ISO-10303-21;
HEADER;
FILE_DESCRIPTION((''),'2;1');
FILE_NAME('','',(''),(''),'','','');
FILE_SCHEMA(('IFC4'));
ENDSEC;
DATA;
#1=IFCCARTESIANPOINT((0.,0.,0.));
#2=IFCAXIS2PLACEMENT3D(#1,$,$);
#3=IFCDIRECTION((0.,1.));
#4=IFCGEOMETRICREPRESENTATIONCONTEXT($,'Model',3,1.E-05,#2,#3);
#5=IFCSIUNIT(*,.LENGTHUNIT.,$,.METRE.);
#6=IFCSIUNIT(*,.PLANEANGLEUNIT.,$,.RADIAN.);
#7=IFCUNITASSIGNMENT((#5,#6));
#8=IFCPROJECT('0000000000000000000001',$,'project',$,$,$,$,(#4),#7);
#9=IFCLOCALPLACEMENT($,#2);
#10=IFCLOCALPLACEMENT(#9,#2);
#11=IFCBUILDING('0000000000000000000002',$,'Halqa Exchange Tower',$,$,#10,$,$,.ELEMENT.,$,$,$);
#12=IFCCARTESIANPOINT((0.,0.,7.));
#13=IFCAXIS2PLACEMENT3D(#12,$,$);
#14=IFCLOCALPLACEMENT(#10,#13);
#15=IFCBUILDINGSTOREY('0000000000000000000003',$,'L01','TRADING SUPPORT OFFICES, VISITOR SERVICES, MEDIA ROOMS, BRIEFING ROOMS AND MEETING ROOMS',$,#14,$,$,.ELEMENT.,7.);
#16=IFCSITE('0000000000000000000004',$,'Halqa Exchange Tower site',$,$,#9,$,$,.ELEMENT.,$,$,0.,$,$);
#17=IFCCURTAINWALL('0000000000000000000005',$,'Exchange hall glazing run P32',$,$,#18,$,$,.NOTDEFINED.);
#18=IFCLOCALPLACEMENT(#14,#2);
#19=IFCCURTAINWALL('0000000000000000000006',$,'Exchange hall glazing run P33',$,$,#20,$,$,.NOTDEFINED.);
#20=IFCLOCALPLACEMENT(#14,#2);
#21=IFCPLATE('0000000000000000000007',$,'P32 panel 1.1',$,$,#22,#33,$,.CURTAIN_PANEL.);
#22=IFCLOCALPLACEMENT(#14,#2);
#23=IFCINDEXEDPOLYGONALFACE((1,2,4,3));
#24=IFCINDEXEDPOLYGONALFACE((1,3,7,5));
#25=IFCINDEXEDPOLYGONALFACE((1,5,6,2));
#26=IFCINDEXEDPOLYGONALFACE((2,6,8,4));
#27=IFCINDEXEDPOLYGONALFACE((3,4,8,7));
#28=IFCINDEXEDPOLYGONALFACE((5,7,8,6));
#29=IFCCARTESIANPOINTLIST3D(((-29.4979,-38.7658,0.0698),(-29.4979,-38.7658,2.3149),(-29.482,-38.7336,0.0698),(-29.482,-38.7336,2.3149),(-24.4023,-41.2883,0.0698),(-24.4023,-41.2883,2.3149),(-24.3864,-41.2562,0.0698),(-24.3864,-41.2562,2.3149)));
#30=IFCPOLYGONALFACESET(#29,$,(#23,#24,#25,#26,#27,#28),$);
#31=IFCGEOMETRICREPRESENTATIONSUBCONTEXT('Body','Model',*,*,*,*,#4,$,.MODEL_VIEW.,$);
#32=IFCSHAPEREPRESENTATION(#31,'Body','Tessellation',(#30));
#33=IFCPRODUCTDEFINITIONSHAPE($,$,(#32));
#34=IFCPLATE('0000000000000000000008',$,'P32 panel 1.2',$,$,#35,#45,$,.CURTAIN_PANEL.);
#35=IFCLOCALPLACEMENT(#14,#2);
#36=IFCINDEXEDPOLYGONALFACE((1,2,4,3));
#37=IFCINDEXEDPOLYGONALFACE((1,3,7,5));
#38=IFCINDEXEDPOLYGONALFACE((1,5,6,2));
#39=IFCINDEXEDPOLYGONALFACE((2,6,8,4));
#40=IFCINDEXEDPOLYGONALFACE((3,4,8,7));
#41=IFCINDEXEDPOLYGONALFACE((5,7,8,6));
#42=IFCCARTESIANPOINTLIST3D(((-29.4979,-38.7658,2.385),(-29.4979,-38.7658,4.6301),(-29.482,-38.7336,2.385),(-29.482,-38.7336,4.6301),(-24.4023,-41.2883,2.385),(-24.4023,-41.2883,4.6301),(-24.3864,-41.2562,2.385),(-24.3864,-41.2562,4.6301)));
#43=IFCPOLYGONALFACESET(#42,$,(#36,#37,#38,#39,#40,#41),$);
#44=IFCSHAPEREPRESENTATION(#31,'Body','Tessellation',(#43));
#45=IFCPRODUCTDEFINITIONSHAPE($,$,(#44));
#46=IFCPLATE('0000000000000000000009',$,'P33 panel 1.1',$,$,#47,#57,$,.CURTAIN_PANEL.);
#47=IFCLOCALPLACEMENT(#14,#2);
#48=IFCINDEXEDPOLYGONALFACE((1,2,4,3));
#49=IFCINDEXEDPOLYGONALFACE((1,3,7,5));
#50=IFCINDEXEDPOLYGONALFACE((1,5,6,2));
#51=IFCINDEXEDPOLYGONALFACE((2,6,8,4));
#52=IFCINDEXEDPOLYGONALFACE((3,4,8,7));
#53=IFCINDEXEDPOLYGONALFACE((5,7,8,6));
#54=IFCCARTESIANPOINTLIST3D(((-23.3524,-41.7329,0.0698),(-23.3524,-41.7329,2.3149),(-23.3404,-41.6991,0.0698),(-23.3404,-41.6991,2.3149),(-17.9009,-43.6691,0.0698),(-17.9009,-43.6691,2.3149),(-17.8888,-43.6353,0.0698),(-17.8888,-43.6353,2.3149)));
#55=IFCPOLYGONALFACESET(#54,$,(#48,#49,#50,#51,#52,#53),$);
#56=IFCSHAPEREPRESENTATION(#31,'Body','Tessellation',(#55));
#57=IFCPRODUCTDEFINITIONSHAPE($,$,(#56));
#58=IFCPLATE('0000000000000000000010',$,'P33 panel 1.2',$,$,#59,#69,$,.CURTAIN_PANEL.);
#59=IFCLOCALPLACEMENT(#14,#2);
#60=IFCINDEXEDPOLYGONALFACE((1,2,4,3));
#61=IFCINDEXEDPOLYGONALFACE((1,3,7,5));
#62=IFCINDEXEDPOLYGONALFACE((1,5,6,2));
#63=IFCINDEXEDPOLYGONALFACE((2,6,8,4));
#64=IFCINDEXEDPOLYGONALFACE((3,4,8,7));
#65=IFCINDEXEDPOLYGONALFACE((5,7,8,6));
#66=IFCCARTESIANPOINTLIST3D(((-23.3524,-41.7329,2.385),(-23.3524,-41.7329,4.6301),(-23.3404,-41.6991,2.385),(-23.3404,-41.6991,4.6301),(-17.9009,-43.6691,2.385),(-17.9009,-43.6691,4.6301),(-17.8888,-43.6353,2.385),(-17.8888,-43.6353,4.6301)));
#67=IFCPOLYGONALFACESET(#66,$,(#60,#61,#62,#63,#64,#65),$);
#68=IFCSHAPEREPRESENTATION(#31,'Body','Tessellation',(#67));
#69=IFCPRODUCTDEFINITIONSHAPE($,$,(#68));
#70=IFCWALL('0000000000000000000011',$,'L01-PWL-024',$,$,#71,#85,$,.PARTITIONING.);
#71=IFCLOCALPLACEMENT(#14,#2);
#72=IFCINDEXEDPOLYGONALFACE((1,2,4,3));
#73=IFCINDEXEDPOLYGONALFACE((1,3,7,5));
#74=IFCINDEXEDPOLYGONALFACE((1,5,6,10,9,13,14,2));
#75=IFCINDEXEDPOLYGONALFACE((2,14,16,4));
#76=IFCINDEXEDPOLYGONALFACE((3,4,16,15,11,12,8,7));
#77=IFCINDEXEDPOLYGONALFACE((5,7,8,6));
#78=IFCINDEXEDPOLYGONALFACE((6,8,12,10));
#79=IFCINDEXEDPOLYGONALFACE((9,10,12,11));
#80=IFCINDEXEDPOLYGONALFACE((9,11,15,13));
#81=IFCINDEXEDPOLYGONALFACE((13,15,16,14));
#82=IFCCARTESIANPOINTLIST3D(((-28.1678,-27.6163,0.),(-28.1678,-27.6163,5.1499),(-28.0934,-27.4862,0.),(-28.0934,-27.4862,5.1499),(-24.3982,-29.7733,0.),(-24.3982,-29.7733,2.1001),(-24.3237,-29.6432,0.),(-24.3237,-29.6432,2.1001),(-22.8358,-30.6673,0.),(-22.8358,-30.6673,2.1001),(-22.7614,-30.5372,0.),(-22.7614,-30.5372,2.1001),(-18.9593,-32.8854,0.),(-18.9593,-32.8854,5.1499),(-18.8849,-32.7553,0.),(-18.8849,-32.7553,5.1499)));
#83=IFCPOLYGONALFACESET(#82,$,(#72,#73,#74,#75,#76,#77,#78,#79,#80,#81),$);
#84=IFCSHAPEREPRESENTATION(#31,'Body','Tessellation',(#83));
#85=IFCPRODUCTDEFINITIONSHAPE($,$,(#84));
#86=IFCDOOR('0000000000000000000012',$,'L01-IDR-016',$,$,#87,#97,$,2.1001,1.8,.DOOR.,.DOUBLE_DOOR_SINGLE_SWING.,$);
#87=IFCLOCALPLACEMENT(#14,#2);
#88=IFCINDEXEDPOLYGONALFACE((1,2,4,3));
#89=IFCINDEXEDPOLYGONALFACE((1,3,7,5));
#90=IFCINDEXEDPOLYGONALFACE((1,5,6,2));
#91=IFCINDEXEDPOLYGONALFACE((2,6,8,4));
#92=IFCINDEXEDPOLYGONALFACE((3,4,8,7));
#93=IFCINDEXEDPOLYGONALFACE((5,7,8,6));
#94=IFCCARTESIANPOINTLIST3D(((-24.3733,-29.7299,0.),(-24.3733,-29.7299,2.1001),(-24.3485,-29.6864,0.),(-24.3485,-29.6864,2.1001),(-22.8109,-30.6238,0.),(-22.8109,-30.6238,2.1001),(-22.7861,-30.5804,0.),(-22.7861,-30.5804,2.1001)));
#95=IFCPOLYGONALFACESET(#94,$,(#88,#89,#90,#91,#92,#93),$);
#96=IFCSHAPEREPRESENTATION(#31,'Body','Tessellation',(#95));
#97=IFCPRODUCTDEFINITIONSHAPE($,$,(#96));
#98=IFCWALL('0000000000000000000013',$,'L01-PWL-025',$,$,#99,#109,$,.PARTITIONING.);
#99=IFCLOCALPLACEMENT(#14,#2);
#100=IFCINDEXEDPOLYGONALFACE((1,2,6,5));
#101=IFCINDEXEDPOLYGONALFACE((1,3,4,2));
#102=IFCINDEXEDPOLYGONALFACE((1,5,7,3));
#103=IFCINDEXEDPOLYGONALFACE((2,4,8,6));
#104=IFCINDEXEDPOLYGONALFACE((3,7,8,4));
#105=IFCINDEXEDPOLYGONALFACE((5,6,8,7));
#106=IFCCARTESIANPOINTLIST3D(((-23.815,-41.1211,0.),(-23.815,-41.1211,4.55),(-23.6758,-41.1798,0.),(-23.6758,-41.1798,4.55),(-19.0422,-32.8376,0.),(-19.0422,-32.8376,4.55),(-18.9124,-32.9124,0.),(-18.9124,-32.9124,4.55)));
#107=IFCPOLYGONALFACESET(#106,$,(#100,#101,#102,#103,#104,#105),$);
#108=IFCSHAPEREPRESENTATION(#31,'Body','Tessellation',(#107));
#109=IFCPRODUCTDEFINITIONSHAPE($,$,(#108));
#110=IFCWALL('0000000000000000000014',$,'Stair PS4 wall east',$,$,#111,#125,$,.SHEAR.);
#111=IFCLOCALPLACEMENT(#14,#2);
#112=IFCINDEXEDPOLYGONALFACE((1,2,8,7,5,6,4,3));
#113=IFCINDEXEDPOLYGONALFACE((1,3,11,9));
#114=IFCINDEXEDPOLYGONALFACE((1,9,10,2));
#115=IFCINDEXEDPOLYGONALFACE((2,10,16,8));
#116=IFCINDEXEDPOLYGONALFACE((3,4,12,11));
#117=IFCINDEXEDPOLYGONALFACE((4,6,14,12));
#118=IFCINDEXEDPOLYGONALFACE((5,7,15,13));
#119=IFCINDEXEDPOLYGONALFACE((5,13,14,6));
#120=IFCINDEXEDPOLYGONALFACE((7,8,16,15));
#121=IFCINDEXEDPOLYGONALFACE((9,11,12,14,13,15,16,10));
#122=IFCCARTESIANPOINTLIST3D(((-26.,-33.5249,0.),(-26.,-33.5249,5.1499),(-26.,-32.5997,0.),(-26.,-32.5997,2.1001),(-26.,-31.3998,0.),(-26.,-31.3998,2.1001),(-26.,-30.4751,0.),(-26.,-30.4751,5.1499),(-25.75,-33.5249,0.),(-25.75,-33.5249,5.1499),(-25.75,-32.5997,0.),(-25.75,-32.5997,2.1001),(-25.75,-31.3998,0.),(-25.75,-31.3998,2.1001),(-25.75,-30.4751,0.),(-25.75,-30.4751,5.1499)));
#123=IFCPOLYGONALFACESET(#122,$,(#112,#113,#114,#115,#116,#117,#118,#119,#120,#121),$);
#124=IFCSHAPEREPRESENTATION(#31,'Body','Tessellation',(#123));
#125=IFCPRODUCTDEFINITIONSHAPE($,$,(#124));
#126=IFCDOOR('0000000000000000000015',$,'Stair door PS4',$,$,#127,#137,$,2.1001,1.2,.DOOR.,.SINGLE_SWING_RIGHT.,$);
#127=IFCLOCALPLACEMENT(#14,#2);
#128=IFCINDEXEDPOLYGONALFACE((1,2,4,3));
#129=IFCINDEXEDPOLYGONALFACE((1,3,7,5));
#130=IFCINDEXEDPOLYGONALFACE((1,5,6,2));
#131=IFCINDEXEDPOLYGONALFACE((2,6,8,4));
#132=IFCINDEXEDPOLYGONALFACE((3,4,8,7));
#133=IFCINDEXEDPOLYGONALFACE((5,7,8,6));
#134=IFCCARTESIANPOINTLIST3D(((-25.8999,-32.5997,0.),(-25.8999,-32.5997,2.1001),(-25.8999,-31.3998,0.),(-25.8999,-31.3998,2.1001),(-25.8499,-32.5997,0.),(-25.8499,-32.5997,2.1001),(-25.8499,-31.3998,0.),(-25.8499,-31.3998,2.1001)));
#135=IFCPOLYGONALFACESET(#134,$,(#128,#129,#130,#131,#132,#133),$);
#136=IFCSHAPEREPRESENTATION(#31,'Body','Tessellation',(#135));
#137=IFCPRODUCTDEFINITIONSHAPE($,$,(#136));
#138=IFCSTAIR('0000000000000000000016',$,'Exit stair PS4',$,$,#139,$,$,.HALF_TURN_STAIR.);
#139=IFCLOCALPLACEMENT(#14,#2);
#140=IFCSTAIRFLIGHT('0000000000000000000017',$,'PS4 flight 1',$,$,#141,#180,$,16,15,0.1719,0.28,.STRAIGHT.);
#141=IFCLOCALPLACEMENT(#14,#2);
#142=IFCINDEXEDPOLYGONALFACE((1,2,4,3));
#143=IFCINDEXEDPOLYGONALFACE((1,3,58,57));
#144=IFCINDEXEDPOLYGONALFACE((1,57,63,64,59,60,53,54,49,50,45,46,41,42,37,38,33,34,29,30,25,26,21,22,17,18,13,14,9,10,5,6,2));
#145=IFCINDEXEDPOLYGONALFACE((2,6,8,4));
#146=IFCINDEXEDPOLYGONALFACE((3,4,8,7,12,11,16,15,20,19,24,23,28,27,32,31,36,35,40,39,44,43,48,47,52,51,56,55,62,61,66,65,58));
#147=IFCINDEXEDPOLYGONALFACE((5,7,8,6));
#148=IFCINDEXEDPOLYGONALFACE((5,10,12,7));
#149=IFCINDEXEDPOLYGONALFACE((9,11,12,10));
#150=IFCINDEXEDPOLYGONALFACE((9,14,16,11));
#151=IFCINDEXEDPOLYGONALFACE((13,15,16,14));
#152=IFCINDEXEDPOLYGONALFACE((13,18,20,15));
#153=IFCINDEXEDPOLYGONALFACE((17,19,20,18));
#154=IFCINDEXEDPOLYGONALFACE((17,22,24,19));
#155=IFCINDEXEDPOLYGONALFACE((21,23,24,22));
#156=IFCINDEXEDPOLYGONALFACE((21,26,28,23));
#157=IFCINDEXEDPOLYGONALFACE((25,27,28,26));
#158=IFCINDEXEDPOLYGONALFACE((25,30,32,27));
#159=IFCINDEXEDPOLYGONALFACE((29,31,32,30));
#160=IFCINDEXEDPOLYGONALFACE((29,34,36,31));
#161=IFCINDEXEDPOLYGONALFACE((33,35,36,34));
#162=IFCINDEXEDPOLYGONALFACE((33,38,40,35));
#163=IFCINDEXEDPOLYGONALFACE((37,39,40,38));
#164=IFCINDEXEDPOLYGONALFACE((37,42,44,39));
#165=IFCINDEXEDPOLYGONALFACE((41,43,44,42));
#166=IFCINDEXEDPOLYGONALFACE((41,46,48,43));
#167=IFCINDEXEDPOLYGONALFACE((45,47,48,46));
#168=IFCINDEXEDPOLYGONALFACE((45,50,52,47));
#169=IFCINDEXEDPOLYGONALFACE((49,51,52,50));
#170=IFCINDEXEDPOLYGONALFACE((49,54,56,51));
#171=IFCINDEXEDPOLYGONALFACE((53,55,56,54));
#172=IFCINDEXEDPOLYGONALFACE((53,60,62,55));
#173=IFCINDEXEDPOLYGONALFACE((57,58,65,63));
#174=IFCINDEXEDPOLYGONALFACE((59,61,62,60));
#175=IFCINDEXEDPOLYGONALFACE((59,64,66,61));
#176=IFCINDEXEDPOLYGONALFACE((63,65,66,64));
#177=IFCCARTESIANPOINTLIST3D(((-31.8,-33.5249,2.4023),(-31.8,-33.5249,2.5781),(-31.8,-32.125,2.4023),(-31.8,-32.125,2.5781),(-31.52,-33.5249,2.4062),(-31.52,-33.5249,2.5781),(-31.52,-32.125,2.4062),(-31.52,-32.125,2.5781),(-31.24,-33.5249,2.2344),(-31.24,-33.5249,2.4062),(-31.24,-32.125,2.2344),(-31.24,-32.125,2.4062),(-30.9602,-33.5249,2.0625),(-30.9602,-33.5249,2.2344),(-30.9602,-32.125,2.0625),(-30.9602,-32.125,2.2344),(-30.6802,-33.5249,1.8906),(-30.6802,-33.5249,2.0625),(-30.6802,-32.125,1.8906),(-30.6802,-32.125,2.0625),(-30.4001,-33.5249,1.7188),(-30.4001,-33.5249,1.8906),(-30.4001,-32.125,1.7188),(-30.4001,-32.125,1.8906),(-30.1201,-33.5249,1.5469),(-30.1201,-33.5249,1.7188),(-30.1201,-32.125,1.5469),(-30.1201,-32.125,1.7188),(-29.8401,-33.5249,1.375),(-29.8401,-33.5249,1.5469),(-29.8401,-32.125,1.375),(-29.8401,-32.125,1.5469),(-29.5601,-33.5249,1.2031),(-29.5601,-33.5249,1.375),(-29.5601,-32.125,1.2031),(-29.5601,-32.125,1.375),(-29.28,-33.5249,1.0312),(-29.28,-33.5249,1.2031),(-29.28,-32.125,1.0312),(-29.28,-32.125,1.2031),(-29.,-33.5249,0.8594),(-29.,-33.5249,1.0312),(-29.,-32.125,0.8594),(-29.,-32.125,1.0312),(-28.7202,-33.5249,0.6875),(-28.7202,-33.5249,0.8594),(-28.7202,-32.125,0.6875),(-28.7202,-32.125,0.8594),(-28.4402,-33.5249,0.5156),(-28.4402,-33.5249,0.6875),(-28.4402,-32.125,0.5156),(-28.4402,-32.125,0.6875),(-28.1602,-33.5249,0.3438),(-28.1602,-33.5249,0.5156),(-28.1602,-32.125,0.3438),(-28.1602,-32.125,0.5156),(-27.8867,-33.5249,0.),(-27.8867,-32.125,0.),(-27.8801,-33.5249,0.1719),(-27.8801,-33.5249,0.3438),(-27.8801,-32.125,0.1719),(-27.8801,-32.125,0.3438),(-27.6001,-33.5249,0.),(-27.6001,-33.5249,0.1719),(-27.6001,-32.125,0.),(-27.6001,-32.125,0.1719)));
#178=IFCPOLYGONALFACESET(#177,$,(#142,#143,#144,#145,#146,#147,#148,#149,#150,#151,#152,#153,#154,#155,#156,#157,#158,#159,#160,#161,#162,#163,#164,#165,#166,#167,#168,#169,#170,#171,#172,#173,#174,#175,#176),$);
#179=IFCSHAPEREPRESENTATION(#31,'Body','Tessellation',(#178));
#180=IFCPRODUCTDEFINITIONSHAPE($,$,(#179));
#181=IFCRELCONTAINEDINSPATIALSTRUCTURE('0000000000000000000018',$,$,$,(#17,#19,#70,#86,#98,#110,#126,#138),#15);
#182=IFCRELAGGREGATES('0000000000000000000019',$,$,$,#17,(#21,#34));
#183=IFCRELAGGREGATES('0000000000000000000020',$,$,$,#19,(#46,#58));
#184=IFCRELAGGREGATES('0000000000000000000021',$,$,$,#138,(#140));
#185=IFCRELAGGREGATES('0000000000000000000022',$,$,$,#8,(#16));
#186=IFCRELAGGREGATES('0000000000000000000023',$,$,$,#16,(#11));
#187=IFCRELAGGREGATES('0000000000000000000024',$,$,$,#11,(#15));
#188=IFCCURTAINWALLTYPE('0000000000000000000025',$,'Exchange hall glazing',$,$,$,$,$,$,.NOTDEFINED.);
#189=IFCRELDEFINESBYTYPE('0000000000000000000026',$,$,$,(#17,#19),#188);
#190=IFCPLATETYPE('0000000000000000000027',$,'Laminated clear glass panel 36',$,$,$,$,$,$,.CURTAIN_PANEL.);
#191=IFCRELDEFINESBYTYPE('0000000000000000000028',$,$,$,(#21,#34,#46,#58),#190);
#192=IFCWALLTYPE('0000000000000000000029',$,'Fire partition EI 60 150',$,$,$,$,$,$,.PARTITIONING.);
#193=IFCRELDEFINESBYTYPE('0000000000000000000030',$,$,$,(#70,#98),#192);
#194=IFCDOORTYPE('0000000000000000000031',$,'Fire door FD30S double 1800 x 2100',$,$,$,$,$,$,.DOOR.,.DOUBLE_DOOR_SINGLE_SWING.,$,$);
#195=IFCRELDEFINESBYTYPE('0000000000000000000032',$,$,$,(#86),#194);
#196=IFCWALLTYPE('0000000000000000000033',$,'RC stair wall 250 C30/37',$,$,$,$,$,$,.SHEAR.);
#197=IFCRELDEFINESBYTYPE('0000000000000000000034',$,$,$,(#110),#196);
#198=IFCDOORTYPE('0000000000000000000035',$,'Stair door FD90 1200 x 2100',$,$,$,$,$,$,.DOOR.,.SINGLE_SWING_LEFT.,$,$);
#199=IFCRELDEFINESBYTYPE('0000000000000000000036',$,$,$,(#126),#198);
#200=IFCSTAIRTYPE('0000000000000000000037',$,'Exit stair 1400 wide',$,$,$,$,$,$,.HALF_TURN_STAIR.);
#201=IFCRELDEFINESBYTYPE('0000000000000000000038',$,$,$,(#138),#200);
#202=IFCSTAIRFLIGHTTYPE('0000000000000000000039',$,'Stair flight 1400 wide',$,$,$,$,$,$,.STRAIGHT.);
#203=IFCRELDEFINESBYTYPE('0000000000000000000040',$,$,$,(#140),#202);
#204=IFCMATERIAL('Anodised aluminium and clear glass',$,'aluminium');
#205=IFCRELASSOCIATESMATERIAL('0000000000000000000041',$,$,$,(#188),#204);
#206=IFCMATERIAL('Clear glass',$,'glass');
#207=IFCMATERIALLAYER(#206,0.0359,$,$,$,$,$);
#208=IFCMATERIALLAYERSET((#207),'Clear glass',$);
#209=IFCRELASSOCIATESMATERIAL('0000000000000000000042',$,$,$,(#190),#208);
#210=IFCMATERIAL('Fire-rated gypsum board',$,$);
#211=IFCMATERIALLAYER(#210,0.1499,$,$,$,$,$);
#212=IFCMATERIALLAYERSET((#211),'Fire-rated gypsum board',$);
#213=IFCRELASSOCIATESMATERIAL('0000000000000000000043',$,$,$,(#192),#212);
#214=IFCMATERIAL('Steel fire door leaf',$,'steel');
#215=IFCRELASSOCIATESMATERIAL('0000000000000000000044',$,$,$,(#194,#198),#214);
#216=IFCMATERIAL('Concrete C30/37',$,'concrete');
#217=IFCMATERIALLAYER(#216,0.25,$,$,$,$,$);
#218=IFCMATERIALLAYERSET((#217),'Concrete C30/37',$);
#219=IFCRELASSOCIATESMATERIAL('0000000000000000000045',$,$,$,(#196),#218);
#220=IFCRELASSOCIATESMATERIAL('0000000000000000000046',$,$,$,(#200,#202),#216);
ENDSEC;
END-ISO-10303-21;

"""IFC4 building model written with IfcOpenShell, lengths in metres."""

from ifc_helpers import new_model, si_unit, direction, frame, frame_2d, origin, origin_2d, place, context, subcontext, project, spatial, polyline, rectangle, outline, extrude, material, layer, layer_set, type_object, element, fill, aggregate, save


model = new_model("IFC4")

# Units and contexts
model_context = context("Model", 3, precision=1e-05, world=origin(), true_north=direction((0.0, 1.0)))
body_context = subcontext(model_context, "Body", "Model", "MODEL_VIEW")
ifc_project = project(units=[si_unit("LENGTHUNIT", "METRE"), si_unit("PLANEANGLEUNIT", "RADIAN")], contexts=[model_context])

# Site, building, storey
site_placement = place(None, origin())
site = spatial("IfcSite", under=ifc_project, at=site_placement, Name="Halqa Exchange Tower site", CompositionType="ELEMENT", RefElevation=0.0)
building_placement = place(site_placement, origin())
building = spatial("IfcBuilding", under=site, at=building_placement, Name="Halqa Exchange Tower", CompositionType="ELEMENT")
storey_placement = place(building_placement, frame((0.0, 0.0, 7.0)))
storey = spatial("IfcBuildingStorey", under=building, at=storey_placement, Name="L01", Description="TRADING SUPPORT OFFICES, VISITOR SERVICES, MEDIA ROOMS, BRIEFING ROOMS AND MEETING ROOMS", CompositionType="ELEMENT", Elevation=7.0)

# Curtain wall
ifc_material_1 = material(Name="Anodised aluminium and clear glass", Category="aluminium")
curtain_wall_type = type_object("IfcCurtainWallType", Name="Exchange hall glazing", PredefinedType="NOTDEFINED", material=ifc_material_1)
curtain_wall_1_placement = place(storey_placement, origin())
curtain_wall_1 = element("IfcCurtainWall", 1, at=curtain_wall_1_placement, inside=storey, type_object=curtain_wall_type, Name="Exchange hall glazing run P32", PredefinedType="NOTDEFINED")

# Curtain wall
curtain_wall_2_placement = place(storey_placement, origin())
curtain_wall_2 = element("IfcCurtainWall", 2, at=curtain_wall_2_placement, inside=storey, type_object=curtain_wall_type, Name="Exchange hall glazing run P33", PredefinedType="NOTDEFINED")

# Plates
ifc_material_2 = material(Name="Clear glass", Category="glass")
ifc_layer_1 = layer(ifc_material_2, 0.0359)
ifc_layer_set_1 = layer_set([ifc_layer_1], Name="Clear glass")
plate_type = type_object("IfcPlateType", Name="Laminated clear glass panel 36", PredefinedType="CURTAIN_PANEL", material=ifc_layer_set_1)
plate_1_placement = place(storey_placement, frame((-26.9421, -40.011, 0.0698), z_axis=(0.0, 0.0, 1.0), x_axis=(0.896198, -0.443653, 0.0)))
plate_1 = element("IfcPlate", 3, at=plate_1_placement, type_object=plate_type, Name="P32 panel 1.1", PredefinedType="CURTAIN_PANEL", context=body_context, shape_type="SweptSolid", body=[
    extrude(rectangle(XDim=5.6858, YDim=0.0359, at=origin_2d()), origin(), (0.0, 0.0, 1.0), 2.2451),
])
plate_2_placement = place(storey_placement, frame((-26.9421, -40.011, 2.385), z_axis=(0.0, 0.0, 1.0), x_axis=(0.896198, -0.443653, 0.0)))
plate_2 = element("IfcPlate", 4, at=plate_2_placement, type_object=plate_type, Name="P32 panel 1.2", PredefinedType="CURTAIN_PANEL", context=body_context, shape_type="SweptSolid", body=[
    extrude(rectangle(XDim=5.6858, YDim=0.0359, at=origin_2d()), origin(), (0.0, 0.0, 1.0), 2.2451),
])
aggregate(curtain_wall_1, [plate_1, plate_2])
plate_3_placement = place(storey_placement, frame((-20.6206, -42.6841, 0.0698), z_axis=(0.0, 0.0, 1.0), x_axis=(0.942329, -0.334688, 0.0)))
plate_3 = element("IfcPlate", 5, at=plate_3_placement, type_object=plate_type, Name="P33 panel 1.1", PredefinedType="CURTAIN_PANEL", context=body_context, shape_type="SweptSolid", body=[
    extrude(rectangle(XDim=5.7852, YDim=0.0359, at=origin_2d()), origin(), (0.0, 0.0, 1.0), 2.2451),
])
plate_4_placement = place(storey_placement, frame((-20.6206, -42.6841, 2.385), z_axis=(0.0, 0.0, 1.0), x_axis=(0.942329, -0.334688, 0.0)))
plate_4 = element("IfcPlate", 6, at=plate_4_placement, type_object=plate_type, Name="P33 panel 1.2", PredefinedType="CURTAIN_PANEL", context=body_context, shape_type="SweptSolid", body=[
    extrude(rectangle(XDim=5.7852, YDim=0.0359, at=origin_2d()), origin(), (0.0, 0.0, 1.0), 2.2451),
])
aggregate(curtain_wall_2, [plate_3, plate_4])

# Wall, opening, door
ifc_material_3 = material(Name="Fire-rated gypsum board")
ifc_layer_2 = layer(ifc_material_3, 0.1499)
ifc_layer_set_2 = layer_set([ifc_layer_2], Name="Fire-rated gypsum board")
wall_type_1 = type_object("IfcWallType", Name="Fire partition EI 60 150", PredefinedType="PARTITIONING", material=ifc_layer_set_2)
wall_1_placement = place(storey_placement, frame((-18.9221, -32.8203, 0.0), z_axis=(0.0, 0.0, 1.0), x_axis=(-0.867957, 0.496639, 0.0)))
wall_1 = element("IfcWall", 7, at=wall_1_placement, inside=storey, type_object=wall_type_1, Name="L01-PWL-024", PredefinedType="PARTITIONING", context=body_context, shape_type="SweptSolid", body=[
    extrude(rectangle(XDim=10.6094, YDim=0.1499, at=frame_2d((5.3047, 0.0))), origin(), (0.0, 0.0, 1.0), 5.1499),
])
opening_1_placement = place(wall_1_placement, frame((4.4663, 0.0, 0.0)))
opening_1 = element("IfcOpeningElement", 8, at=opening_1_placement, cuts=wall_1, PredefinedType="OPENING", context=body_context, shape_type="SweptSolid", body=[
    extrude(rectangle(XDim=1.8, YDim=2.1001, at=frame_2d((0.8999, 1.05))), frame((0.0, 0.0869, 0.0), z_axis=(0.0, -1.0, 0.0), x_axis=(1.0, 0.0, 0.0)), (0.0, 0.0, 1.0), 0.1738),
])
ifc_material_4 = material(Name="Steel fire door leaf", Category="steel")
door_type_1 = type_object("IfcDoorType", Name="Fire door FD30S double 1800 x 2100", OperationType="DOUBLE_DOOR_SINGLE_SWING", PredefinedType="DOOR", material=ifc_material_4)
door_1_placement = place(opening_1_placement, origin())
door_1 = element("IfcDoor", 9, at=door_1_placement, inside=storey, type_object=door_type_1, Name="L01-IDR-016", OperationType="DOUBLE_DOOR_SINGLE_SWING", OverallHeight=2.1001, OverallWidth=1.8, PredefinedType="DOOR", context=body_context, shape_type="SweptSolid", body=[
    extrude(rectangle(XDim=1.8, YDim=2.1001, at=frame_2d((0.8999, 1.05))), frame((0.0, 0.0249, 0.0), z_axis=(0.0, -1.0, 0.0), x_axis=(1.0, 0.0, 0.0)), (0.0, 0.0, 1.0), 0.05),
])
fill(opening_1, door_1)

# Wall
wall_2_placement = place(storey_placement, frame((-18.9773, -32.875, 0.0), z_axis=(0.0, 0.0, 1.0), x_axis=(-0.499236, -0.866466, 0.0)))
element("IfcWall", 10, at=wall_2_placement, inside=storey, type_object=wall_type_1, Name="L01-PWL-025", PredefinedType="PARTITIONING", context=body_context, shape_type="SweptSolid", body=[
    extrude(outline(polyline([(0.0, -0.075), (9.5601, -0.075), (9.5415, 0.075), (0.0, 0.075), (0.0, -0.075)])), origin(), (0.0, 0.0, 1.0), 4.55),
])

# Wall, opening, door
ifc_material_5 = material(Name="Concrete C30/37", Category="concrete")
ifc_layer_3 = layer(ifc_material_5, 0.25)
ifc_layer_set_3 = layer_set([ifc_layer_3], Name="Concrete C30/37")
wall_type_2 = type_object("IfcWallType", Name="RC stair wall 250 C30/37", PredefinedType="SHEAR", material=ifc_layer_set_3)
wall_3_placement = place(storey_placement, frame((-25.875, -33.5249, 0.0), z_axis=(0.0, 0.0, 1.0), x_axis=(0.0, 1.0, 0.0)))
wall_3 = element("IfcWall", 11, at=wall_3_placement, inside=storey, type_object=wall_type_2, Name="Stair PS4 wall east", PredefinedType="SHEAR", context=body_context, shape_type="SweptSolid", body=[
    extrude(rectangle(XDim=3.0498, YDim=0.25, at=frame_2d((1.5249, 0.0))), origin(), (0.0, 0.0, 1.0), 5.1499),
])
opening_2_placement = place(wall_3_placement, frame((0.925, 0.0, 0.0)))
opening_2 = element("IfcOpeningElement", 12, at=opening_2_placement, cuts=wall_3, PredefinedType="OPENING", context=body_context, shape_type="SweptSolid", body=[
    extrude(rectangle(XDim=1.2, YDim=2.1001, at=frame_2d((0.6001, 1.05))), frame((0.0, 0.137, 0.0), z_axis=(0.0, -1.0, 0.0), x_axis=(1.0, 0.0, 0.0)), (0.0, 0.0, 1.0), 0.2739),
])
door_type_2 = type_object("IfcDoorType", Name="Stair door FD90 1200 x 2100", OperationType="SINGLE_SWING_LEFT", PredefinedType="DOOR", material=ifc_material_4)
door_2_placement = place(opening_2_placement, origin())
door_2 = element("IfcDoor", 13, at=door_2_placement, inside=storey, type_object=door_type_2, Name="Stair door PS4", OperationType="SINGLE_SWING_RIGHT", OverallHeight=2.1001, OverallWidth=1.2, PredefinedType="DOOR", context=body_context, shape_type="SweptSolid", body=[
    extrude(rectangle(XDim=1.2, YDim=2.1001, at=frame_2d((0.6001, 1.05))), frame((0.0, 0.0249, 0.0), z_axis=(0.0, -1.0, 0.0), x_axis=(1.0, 0.0, 0.0)), (0.0, 0.0, 1.0), 0.05),
])
fill(opening_2, door_2)

# Stair, stair flight
stair_type = type_object("IfcStairType", Name="Exit stair 1400 wide", PredefinedType="HALF_TURN_STAIR", material=ifc_material_5)
stair_placement = place(storey_placement, origin())
stair = element("IfcStair", 14, at=stair_placement, inside=storey, type_object=stair_type, Name="Exit stair PS4", PredefinedType="HALF_TURN_STAIR")
stair_flight_type = type_object("IfcStairFlightType", Name="Stair flight 1400 wide", PredefinedType="STRAIGHT", material=ifc_material_5)
stair_flight_placement = place(storey_placement, frame((-27.6001, -32.825, 0.0), z_axis=(0.0, 0.0, 1.0), x_axis=(-1.0, 0.0, 0.0)))
stair_flight = element("IfcStairFlight", 15, at=stair_flight_placement, type_object=stair_flight_type, Name="PS4 flight 1", NumberOfRisers=16, NumberOfTreads=15, PredefinedType="STRAIGHT", RiserHeight=0.1719, TreadLength=0.28, context=body_context, shape_type="SweptSolid", body=[
    extrude(outline(polyline([(0.0, 0.0), (0.0, 0.1719), (0.28, 0.1719), (0.28, 0.3438), (0.5601, 0.3438), (0.5601, 0.5156), (0.8401, 0.5156), (0.8401, 0.6875), (1.1201, 0.6875), (1.1201, 0.8594), (1.3999, 0.8594), (1.3999, 1.0312), (1.6799, 1.0312), (1.6799, 1.2031), (1.96, 1.2031), (1.96, 1.375), (2.24, 1.375), (2.24, 1.5469), (2.52, 1.5469), (2.52, 1.7188), (2.8, 1.7188), (2.8, 1.8906), (3.0801, 1.8906), (3.0801, 2.0625), (3.3601, 2.0625), (3.3601, 2.2344), (3.6399, 2.2344), (3.6399, 2.4062), (3.9199, 2.4062), (3.9199, 2.5781), (4.2, 2.5781), (4.2, 2.75), (4.2, 2.4023), (0.2866, 0.0), (0.0, 0.0)])), frame((0.0, 0.7, 0.0), z_axis=(0.0, -1.0, 0.0), x_axis=(1.0, 0.0, 0.0)), (0.0, 0.0, 1.0), 1.3999),
])
aggregate(stair, [stair_flight])

save(model, "model.ifc")
